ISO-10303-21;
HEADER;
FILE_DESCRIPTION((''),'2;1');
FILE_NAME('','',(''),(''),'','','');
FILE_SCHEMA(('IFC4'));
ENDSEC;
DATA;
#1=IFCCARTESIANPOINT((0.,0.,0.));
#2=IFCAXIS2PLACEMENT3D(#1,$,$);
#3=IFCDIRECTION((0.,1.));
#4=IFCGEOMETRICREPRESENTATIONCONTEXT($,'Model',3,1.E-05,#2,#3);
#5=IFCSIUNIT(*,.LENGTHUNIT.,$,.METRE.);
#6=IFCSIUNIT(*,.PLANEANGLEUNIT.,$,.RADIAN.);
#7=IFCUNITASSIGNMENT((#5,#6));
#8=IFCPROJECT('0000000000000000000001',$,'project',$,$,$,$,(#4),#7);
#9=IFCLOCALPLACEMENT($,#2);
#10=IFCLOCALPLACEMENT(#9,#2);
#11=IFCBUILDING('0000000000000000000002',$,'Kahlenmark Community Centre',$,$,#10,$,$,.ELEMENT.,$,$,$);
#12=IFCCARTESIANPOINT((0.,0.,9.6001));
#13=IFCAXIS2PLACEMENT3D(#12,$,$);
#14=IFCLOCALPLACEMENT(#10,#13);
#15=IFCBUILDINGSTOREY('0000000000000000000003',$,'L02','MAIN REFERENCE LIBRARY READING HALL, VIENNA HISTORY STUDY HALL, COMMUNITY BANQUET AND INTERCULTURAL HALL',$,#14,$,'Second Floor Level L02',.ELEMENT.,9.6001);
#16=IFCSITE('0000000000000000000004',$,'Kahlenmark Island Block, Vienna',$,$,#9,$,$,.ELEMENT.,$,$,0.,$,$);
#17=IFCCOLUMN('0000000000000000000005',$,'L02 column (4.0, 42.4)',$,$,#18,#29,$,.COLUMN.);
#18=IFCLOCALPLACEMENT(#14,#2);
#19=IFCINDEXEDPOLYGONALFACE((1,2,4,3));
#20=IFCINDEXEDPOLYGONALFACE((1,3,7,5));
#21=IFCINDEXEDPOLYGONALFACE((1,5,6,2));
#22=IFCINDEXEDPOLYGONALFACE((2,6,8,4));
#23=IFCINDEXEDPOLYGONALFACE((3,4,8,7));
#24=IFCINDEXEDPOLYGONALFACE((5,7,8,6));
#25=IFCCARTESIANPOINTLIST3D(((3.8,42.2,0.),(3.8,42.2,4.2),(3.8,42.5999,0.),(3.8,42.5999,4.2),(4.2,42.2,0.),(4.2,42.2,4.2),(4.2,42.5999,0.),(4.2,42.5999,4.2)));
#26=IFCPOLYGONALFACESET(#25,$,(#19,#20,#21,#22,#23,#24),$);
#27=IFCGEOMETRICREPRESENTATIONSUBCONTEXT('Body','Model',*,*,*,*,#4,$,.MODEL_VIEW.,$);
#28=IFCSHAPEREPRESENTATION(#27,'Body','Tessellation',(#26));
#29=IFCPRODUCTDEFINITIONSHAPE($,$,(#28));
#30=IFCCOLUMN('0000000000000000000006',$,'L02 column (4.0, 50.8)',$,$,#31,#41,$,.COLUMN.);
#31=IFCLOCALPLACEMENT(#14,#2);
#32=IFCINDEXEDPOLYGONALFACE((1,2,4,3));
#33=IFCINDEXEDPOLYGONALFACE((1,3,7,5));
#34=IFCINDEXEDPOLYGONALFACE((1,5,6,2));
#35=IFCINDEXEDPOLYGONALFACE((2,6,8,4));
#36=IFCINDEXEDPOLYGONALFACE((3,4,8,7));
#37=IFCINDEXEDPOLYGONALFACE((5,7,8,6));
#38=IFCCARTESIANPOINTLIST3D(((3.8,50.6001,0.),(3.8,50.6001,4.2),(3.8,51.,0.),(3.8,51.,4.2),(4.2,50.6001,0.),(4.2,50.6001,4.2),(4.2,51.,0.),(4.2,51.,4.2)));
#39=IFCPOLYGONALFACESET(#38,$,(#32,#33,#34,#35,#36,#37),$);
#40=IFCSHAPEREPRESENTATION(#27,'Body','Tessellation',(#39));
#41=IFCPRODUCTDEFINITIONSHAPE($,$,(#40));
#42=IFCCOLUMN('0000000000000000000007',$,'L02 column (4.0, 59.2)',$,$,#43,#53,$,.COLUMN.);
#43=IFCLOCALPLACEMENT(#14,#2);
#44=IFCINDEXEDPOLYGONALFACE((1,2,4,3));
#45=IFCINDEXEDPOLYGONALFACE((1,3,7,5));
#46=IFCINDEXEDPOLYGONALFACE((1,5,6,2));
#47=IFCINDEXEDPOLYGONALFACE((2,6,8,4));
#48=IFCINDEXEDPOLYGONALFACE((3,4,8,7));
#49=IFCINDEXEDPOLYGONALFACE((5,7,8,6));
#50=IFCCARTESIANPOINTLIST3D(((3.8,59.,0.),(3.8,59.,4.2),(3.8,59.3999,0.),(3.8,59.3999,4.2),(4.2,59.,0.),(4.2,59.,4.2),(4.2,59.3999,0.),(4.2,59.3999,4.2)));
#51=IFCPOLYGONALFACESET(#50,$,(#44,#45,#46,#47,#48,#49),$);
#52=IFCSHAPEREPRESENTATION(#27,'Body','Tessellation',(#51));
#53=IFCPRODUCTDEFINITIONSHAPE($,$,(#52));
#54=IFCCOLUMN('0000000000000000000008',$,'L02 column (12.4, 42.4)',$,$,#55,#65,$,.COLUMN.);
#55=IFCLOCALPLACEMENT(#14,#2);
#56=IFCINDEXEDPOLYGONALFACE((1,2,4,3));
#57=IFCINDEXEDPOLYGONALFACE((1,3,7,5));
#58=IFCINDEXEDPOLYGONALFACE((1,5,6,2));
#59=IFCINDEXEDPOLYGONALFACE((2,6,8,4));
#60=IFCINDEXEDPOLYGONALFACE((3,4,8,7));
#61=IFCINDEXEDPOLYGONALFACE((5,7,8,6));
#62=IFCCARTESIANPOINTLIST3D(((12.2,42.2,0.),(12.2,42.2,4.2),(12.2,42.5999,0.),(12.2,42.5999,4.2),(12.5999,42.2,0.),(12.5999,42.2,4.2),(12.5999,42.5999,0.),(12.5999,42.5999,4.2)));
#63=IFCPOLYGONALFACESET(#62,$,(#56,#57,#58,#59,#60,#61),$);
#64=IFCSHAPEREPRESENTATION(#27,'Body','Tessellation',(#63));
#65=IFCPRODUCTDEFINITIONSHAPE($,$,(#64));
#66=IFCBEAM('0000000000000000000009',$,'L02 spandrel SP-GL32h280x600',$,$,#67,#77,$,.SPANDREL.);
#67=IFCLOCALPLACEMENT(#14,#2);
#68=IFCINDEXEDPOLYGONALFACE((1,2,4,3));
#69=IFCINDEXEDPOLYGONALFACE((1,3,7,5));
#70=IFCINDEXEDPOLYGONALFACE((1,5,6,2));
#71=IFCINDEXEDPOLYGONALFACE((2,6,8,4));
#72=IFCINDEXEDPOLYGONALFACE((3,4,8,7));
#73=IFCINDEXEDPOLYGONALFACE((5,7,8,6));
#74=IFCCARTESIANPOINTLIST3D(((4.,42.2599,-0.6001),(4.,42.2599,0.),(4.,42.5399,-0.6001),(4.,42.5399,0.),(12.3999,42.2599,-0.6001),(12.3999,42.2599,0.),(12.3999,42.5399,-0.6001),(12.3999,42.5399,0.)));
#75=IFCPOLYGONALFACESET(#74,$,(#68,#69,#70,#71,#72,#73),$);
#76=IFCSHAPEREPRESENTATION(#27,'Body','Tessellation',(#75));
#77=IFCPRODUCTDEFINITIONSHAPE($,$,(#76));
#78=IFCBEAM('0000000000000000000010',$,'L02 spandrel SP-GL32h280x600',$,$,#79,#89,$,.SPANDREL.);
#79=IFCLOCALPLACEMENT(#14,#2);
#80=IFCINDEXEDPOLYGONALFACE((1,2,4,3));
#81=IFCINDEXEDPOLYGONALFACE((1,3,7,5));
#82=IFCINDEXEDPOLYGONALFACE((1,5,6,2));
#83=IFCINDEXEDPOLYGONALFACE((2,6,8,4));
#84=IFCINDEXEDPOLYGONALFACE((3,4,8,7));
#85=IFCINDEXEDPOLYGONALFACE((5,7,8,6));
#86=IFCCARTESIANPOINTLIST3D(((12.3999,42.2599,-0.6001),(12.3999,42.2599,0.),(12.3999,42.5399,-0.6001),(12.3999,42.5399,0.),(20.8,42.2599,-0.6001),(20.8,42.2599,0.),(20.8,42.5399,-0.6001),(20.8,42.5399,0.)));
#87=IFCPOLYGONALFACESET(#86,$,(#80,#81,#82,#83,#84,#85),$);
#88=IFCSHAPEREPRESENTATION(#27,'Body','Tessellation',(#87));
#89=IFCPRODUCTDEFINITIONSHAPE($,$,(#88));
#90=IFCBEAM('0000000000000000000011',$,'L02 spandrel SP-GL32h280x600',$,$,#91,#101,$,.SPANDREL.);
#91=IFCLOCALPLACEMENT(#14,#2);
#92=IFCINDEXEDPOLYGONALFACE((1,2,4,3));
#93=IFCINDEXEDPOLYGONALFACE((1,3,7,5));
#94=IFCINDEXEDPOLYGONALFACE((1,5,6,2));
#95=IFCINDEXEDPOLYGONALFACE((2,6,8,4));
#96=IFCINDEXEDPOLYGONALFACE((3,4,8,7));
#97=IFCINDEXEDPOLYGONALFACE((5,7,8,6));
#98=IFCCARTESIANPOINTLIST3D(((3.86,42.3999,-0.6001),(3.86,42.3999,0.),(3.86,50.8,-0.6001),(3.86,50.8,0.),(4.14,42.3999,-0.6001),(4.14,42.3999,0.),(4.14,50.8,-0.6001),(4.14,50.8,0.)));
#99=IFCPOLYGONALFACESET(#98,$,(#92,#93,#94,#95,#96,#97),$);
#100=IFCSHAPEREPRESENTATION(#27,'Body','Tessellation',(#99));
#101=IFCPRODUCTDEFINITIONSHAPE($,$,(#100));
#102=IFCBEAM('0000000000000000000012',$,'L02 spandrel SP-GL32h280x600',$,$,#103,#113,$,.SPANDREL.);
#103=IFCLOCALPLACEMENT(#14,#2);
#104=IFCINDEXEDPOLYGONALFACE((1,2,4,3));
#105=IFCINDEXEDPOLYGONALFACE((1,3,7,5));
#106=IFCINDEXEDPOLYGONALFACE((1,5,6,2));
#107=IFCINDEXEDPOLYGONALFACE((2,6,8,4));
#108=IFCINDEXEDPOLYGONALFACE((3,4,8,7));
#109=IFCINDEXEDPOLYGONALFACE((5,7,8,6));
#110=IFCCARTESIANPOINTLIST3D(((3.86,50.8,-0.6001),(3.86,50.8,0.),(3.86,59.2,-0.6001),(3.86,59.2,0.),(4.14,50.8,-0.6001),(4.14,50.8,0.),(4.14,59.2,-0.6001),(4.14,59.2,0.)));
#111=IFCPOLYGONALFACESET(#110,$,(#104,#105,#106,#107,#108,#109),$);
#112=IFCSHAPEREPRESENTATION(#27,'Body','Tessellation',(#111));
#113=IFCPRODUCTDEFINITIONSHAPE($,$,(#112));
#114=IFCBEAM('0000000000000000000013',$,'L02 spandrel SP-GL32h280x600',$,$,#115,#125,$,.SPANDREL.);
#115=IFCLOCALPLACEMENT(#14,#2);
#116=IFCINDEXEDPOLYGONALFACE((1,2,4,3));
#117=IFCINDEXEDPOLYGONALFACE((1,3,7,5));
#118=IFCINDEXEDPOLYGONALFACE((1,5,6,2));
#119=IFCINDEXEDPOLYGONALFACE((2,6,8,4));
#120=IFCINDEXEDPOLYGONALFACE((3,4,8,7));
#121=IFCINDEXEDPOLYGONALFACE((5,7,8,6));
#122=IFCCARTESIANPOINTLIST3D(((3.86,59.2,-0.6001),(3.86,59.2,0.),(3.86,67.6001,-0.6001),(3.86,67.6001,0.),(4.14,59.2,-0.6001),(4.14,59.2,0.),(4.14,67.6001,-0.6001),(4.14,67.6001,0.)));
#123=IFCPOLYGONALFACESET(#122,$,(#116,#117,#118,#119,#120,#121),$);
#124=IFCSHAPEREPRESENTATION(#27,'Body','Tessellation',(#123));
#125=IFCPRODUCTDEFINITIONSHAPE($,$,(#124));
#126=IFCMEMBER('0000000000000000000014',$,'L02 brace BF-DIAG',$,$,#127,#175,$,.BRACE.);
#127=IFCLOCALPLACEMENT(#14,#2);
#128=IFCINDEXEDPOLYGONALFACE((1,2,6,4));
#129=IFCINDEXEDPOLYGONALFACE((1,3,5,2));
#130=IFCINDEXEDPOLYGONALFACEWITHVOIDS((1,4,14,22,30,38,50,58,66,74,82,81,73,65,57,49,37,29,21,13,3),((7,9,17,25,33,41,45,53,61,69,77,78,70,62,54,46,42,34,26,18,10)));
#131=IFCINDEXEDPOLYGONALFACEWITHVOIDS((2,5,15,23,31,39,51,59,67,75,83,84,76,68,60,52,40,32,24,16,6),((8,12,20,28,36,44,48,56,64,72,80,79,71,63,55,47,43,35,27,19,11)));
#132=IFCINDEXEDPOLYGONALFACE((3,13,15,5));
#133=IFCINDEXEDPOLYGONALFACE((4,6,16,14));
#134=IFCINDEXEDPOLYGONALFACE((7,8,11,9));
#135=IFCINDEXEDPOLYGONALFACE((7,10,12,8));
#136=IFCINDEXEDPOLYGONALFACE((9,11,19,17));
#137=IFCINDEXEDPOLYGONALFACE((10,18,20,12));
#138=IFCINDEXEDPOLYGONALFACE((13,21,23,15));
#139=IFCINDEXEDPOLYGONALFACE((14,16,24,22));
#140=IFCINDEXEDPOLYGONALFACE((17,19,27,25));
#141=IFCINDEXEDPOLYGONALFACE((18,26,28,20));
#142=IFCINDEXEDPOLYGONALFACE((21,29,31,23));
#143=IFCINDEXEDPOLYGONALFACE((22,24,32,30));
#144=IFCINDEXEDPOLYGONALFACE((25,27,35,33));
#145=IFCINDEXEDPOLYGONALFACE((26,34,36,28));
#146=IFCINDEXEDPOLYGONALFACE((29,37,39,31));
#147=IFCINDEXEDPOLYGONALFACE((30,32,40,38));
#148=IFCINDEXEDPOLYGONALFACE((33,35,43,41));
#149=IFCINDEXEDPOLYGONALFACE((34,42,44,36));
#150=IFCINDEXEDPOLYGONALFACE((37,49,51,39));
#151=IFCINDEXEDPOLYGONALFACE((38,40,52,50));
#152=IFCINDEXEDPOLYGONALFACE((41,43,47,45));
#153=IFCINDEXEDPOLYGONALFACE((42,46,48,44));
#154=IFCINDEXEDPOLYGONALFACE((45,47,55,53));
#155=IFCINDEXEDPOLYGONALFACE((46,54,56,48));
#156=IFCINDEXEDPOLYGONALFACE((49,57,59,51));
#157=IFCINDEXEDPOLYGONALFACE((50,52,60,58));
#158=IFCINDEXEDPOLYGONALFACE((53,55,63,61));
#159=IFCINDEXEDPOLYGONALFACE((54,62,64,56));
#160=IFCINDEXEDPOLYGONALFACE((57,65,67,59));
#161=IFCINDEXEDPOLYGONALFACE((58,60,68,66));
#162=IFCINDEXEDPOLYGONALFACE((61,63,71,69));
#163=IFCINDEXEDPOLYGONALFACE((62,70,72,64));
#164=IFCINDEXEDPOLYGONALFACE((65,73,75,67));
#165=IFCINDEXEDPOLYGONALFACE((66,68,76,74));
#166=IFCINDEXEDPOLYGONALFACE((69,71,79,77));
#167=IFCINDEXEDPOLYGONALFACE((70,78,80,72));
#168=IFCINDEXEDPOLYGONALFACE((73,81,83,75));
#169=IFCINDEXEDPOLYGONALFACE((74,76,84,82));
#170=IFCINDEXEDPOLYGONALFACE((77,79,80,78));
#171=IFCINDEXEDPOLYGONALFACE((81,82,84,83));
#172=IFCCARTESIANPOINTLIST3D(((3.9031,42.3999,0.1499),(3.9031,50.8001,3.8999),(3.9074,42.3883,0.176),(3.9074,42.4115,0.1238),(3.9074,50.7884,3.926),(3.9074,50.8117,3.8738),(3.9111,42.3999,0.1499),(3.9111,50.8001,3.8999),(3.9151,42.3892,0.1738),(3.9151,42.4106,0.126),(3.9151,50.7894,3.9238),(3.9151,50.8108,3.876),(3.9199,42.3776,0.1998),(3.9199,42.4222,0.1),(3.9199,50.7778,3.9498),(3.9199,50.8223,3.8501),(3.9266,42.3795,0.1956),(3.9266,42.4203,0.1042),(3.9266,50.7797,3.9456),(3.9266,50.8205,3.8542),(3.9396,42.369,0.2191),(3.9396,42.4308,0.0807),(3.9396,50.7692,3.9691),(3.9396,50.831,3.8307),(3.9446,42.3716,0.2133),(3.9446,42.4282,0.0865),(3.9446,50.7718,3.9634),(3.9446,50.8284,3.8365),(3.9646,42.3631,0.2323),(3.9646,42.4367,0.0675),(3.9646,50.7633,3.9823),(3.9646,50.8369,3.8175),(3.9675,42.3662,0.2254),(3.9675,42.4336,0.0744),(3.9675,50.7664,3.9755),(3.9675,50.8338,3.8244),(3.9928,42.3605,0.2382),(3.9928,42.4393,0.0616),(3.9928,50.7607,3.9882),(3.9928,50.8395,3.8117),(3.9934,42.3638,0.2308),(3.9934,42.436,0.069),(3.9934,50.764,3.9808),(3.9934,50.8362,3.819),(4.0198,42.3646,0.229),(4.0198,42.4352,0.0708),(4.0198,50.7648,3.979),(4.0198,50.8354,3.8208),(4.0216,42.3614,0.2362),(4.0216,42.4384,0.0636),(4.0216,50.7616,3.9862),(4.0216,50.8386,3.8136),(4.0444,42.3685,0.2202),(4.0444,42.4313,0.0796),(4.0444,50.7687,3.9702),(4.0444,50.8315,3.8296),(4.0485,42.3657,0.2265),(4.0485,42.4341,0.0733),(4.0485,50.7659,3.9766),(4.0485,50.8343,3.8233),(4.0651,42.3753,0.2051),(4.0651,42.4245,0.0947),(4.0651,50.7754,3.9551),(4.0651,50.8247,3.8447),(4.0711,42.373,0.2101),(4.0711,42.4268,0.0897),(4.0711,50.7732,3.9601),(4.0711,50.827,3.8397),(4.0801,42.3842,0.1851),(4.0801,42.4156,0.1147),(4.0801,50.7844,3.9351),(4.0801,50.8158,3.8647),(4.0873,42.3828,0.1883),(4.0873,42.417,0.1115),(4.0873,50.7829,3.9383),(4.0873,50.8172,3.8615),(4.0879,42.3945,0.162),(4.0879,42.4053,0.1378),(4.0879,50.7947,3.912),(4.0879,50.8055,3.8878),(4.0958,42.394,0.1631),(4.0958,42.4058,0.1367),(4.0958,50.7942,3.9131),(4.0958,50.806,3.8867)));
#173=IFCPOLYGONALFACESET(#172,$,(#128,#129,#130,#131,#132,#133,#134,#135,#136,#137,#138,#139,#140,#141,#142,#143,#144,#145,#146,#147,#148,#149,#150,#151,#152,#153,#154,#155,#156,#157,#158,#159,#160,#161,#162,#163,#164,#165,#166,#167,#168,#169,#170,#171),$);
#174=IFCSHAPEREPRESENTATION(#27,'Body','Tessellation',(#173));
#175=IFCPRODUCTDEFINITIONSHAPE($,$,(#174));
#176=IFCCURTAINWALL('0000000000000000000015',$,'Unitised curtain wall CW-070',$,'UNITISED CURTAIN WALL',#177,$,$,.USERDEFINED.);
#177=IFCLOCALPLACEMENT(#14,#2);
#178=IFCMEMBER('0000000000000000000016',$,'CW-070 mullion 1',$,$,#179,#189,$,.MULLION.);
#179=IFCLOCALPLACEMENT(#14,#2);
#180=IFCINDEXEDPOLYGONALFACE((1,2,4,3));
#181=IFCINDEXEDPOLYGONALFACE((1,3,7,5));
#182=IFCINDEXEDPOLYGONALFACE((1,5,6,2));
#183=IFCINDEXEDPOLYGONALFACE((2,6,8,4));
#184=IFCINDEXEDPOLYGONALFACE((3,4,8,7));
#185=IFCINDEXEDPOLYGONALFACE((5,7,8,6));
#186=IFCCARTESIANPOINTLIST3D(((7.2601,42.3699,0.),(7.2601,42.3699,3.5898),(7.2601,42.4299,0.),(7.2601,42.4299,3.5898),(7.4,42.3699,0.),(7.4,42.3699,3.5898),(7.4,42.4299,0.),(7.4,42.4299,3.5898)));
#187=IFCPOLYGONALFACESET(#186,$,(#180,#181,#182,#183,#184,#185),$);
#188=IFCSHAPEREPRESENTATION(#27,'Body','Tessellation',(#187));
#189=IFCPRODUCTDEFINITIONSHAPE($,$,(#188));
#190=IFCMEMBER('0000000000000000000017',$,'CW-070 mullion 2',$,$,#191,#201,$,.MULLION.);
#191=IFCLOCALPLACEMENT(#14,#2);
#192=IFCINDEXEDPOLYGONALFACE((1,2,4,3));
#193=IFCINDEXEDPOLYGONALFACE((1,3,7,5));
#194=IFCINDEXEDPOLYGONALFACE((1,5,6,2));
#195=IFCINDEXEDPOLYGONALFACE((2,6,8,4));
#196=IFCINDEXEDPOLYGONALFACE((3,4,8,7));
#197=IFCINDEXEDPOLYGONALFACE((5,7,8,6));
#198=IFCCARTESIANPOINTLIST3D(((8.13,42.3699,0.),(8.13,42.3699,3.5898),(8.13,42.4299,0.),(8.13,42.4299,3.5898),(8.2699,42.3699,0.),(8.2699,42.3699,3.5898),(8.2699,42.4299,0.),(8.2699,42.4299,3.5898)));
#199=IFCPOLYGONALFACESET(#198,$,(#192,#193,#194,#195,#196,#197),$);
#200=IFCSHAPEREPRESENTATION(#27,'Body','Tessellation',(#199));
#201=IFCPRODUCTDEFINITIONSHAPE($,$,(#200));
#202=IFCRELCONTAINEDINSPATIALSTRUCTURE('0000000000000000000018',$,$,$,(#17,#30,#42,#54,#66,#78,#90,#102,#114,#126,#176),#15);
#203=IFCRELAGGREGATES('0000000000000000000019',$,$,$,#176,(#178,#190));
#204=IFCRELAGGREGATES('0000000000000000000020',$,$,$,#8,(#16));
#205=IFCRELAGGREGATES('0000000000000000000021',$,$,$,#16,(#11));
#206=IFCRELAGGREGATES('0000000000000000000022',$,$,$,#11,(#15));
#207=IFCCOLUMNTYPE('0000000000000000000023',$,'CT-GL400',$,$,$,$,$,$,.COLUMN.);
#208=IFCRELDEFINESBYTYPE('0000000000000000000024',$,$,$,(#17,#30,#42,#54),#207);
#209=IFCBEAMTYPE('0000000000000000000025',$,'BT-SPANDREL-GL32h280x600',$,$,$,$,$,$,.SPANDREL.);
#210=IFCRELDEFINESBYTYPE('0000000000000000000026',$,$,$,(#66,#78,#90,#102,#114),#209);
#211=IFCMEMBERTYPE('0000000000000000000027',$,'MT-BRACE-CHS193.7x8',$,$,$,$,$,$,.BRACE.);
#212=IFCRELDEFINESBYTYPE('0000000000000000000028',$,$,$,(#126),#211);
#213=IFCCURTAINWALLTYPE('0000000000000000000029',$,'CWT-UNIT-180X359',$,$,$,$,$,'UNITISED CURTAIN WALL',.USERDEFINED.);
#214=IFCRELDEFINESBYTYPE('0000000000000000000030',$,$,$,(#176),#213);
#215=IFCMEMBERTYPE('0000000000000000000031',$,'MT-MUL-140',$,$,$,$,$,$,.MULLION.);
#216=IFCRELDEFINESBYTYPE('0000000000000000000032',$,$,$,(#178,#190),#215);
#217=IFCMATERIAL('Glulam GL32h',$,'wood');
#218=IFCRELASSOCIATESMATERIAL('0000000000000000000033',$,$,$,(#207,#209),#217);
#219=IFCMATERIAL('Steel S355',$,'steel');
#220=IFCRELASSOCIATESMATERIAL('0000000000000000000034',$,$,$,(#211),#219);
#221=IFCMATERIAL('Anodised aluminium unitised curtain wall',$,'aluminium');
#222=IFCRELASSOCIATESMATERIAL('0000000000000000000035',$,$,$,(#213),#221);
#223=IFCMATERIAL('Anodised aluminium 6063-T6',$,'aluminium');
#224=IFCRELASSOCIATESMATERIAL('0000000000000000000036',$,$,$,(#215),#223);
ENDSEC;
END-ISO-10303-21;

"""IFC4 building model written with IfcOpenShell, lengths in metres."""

from ifc_helpers import new_model, si_unit, direction, frame, origin, origin_2d, place, context, subcontext, project, spatial, rectangle, hollow_circle, extrude, material, material_profile, profile_set, type_object, element, aggregate, save


model = new_model("IFC4")

# Units and contexts
model_context = context("Model", 3, precision=1e-05, world=origin(), true_north=direction((0.0, 1.0)))
body_context = subcontext(model_context, "Body", "Model", "MODEL_VIEW")
ifc_project = project(units=[si_unit("LENGTHUNIT", "METRE"), si_unit("PLANEANGLEUNIT", "RADIAN")], contexts=[model_context])

# Site, building, storey
site_placement = place(None, origin())
site = spatial("IfcSite", under=ifc_project, at=site_placement, Name="Kahlenmark Island Block, Vienna", CompositionType="ELEMENT", RefElevation=0.0)
building_placement = place(site_placement, origin())
building = spatial("IfcBuilding", under=site, at=building_placement, Name="Kahlenmark Community Centre", CompositionType="ELEMENT")
storey_placement = place(building_placement, frame((0.0, 0.0, 9.6001)))
storey = spatial("IfcBuildingStorey", under=building, at=storey_placement, Name="L02", Description="MAIN REFERENCE LIBRARY READING HALL, VIENNA HISTORY STUDY HALL, COMMUNITY BANQUET AND INTERCULTURAL HALL", LongName="Second Floor Level L02", CompositionType="ELEMENT", Elevation=9.6001)

# Columns
ifc_material_1 = material(Name="Glulam GL32h", Category="wood")
ifc_material_profile_1 = material_profile(ifc_material_1, rectangle(XDim=0.3999, YDim=0.3999, at=origin_2d()), Name="GL32h 400x400")
ifc_profile_set_1 = profile_set([ifc_material_profile_1], Name="Glulam GL32h")
column_type = type_object("IfcColumnType", Name="CT-GL400", PredefinedType="COLUMN", material=ifc_profile_set_1)
for number, where, z_axis, x_axis, name in (
    (1, (4.0, 42.3999, 0.0), (0.0, 0.0, 1.0), (1.0, 0.0, 0.0), "L02 column (4.0, 42.4)"),
    (2, (4.0, 50.8, 0.0), (0.0, 0.0, 1.0), (1.0, 0.0, 0.0), "L02 column (4.0, 50.8)"),
    (3, (4.0, 59.2, 0.0), (0.0, 0.0, 1.0), (1.0, 0.0, 0.0), "L02 column (4.0, 59.2)"),
    (4, (12.3999, 42.3999, 0.0), (0.0, 0.0, 1.0), (1.0, 0.0, 0.0), "L02 column (12.4, 42.4)"),
):
    element("IfcColumn", number, at=place(storey_placement, frame(where, z_axis=z_axis, x_axis=x_axis)), inside=storey, type_object=column_type, Name=name, PredefinedType="COLUMN", context=body_context, shape_type="SweptSolid", body=[
        extrude(rectangle(XDim=0.3999, YDim=0.3999, at=origin_2d()), origin(), (0.0, 0.0, 1.0), 4.2),
    ])

# Beams
ifc_material_profile_2 = material_profile(ifc_material_1, rectangle(XDim=0.28, YDim=0.6001, at=origin_2d()), Name="GL32h 280x600")
ifc_profile_set_2 = profile_set([ifc_material_profile_2], Name="Glulam GL32h")
beam_type = type_object("IfcBeamType", Name="BT-SPANDREL-GL32h280x600", PredefinedType="SPANDREL", material=ifc_profile_set_2)
beam_1_placement = place(storey_placement, frame((4.0, 42.3999, -0.3), z_axis=(1.0, 0.0, 0.0), x_axis=(0.0, 1.0, 0.0)))
element("IfcBeam", 5, at=beam_1_placement, inside=storey, type_object=beam_type, Name="L02 spandrel SP-GL32h280x600", PredefinedType="SPANDREL", context=body_context, shape_type="SweptSolid", body=[
    extrude(rectangle(XDim=0.28, YDim=0.6001, at=origin_2d()), origin(), (0.0, 0.0, 1.0), 8.3999),
])
for number, where, z_axis, x_axis, name in (
    (6, (12.3999, 42.3999, -0.3), (1.0, 0.0, 0.0), (0.0, 1.0, 0.0), "L02 spandrel SP-GL32h280x600"),
    (7, (4.0, 42.3999, -0.3), (0.0, 1.0, 0.0), (-1.0, 0.0, 0.0), "L02 spandrel SP-GL32h280x600"),
):
    element("IfcBeam", number, at=place(storey_placement, frame(where, z_axis=z_axis, x_axis=x_axis)), inside=storey, type_object=beam_type, Name=name, PredefinedType="SPANDREL", context=body_context, shape_type="SweptSolid", body=[
        extrude(rectangle(XDim=0.28, YDim=0.6001, at=origin_2d()), origin(), (0.0, 0.0, 1.0), 8.4001),
    ])
beam_2_placement = place(storey_placement, frame((4.0, 50.8, -0.3), z_axis=(0.0, 1.0, 0.0), x_axis=(-1.0, 0.0, 0.0)))
element("IfcBeam", 8, at=beam_2_placement, inside=storey, type_object=beam_type, Name="L02 spandrel SP-GL32h280x600", PredefinedType="SPANDREL", context=body_context, shape_type="SweptSolid", body=[
    extrude(rectangle(XDim=0.28, YDim=0.6001, at=origin_2d()), origin(), (0.0, 0.0, 1.0), 8.3999),
])
beam_3_placement = place(storey_placement, frame((4.0, 59.2, -0.3), z_axis=(0.0, 1.0, 0.0), x_axis=(-1.0, 0.0, 0.0)))
element("IfcBeam", 9, at=beam_3_placement, inside=storey, type_object=beam_type, Name="L02 spandrel SP-GL32h280x600", PredefinedType="SPANDREL", context=body_context, shape_type="SweptSolid", body=[
    extrude(rectangle(XDim=0.28, YDim=0.6001, at=origin_2d()), origin(), (0.0, 0.0, 1.0), 8.4001),
])

# Member
ifc_material_2 = material(Name="Steel S355", Category="steel")
ifc_material_profile_3 = material_profile(ifc_material_2, hollow_circle(Radius=0.0969, WallThickness=0.0081, at=origin_2d()), Name="CHS 193.7x8")
ifc_profile_set_3 = profile_set([ifc_material_profile_3], Name="Steel S355")
member_type_1 = type_object("IfcMemberType", Name="MT-BRACE-CHS193.7x8", PredefinedType="BRACE", material=ifc_profile_set_3)
member_1_placement = place(storey_placement, frame((4.0, 42.3999, 0.1499), z_axis=(0.0, 0.913141, 0.407645), x_axis=(-1.0, 0.0, 0.0)))
element("IfcMember", 10, at=member_1_placement, inside=storey, type_object=member_type_1, Name="L02 brace BF-DIAG", PredefinedType="BRACE", context=body_context, shape_type="SweptSolid", body=[
    extrude(hollow_circle(Radius=0.0969, WallThickness=0.0081, at=origin_2d()), origin(), (0.0, 0.0, 1.0), 9.1992),
])

# Curtain wall, members
ifc_material_3 = material(Name="Anodised aluminium unitised curtain wall", Category="aluminium")
curtain_wall_type = type_object("IfcCurtainWallType", Name="CWT-UNIT-180X359", ElementType="UNITISED CURTAIN WALL", PredefinedType="USERDEFINED", material=ifc_material_3)
curtain_wall_1_placement = place(storey_placement, origin())
curtain_wall_1 = element("IfcCurtainWall", 11, at=curtain_wall_1_placement, inside=storey, type_object=curtain_wall_type, Name="Unitised curtain wall CW-070", ObjectType="UNITISED CURTAIN WALL", PredefinedType="USERDEFINED")
ifc_material_4 = material(Name="Anodised aluminium 6063-T6", Category="aluminium")
ifc_material_profile_4 = material_profile(ifc_material_4, rectangle(XDim=0.0601, YDim=0.1399, at=origin_2d()), Name="ALU MULLION 60x140")
ifc_profile_set_4 = profile_set([ifc_material_profile_4], Name="Anodised aluminium 6063-T6")
member_type_2 = type_object("IfcMemberType", Name="MT-MUL-140", PredefinedType="MULLION", material=ifc_profile_set_4)
member_2_placement = place(storey_placement, frame((7.3301, 42.3999, 0.0), z_axis=(0.0, 0.0, 1.0), x_axis=(0.0, 1.0, 0.0)))
member_2 = element("IfcMember", 12, at=member_2_placement, type_object=member_type_2, Name="CW-070 mullion 1", PredefinedType="MULLION", context=body_context, shape_type="SweptSolid", body=[
    extrude(rectangle(XDim=0.0601, YDim=0.1399, at=origin_2d()), origin(), (0.0, 0.0, 1.0), 3.5898),
])
member_3_placement = place(storey_placement, frame((8.2, 42.3999, 0.0), z_axis=(0.0, 0.0, 1.0), x_axis=(0.0, 1.0, 0.0)))
member_3 = element("IfcMember", 13, at=member_3_placement, type_object=member_type_2, Name="CW-070 mullion 2", PredefinedType="MULLION", context=body_context, shape_type="SweptSolid", body=[
    extrude(rectangle(XDim=0.0601, YDim=0.1399, at=origin_2d()), origin(), (0.0, 0.0, 1.0), 3.5898),
])

aggregate(curtain_wall_1, [member_2, member_3])

save(model, "model.ifc")
